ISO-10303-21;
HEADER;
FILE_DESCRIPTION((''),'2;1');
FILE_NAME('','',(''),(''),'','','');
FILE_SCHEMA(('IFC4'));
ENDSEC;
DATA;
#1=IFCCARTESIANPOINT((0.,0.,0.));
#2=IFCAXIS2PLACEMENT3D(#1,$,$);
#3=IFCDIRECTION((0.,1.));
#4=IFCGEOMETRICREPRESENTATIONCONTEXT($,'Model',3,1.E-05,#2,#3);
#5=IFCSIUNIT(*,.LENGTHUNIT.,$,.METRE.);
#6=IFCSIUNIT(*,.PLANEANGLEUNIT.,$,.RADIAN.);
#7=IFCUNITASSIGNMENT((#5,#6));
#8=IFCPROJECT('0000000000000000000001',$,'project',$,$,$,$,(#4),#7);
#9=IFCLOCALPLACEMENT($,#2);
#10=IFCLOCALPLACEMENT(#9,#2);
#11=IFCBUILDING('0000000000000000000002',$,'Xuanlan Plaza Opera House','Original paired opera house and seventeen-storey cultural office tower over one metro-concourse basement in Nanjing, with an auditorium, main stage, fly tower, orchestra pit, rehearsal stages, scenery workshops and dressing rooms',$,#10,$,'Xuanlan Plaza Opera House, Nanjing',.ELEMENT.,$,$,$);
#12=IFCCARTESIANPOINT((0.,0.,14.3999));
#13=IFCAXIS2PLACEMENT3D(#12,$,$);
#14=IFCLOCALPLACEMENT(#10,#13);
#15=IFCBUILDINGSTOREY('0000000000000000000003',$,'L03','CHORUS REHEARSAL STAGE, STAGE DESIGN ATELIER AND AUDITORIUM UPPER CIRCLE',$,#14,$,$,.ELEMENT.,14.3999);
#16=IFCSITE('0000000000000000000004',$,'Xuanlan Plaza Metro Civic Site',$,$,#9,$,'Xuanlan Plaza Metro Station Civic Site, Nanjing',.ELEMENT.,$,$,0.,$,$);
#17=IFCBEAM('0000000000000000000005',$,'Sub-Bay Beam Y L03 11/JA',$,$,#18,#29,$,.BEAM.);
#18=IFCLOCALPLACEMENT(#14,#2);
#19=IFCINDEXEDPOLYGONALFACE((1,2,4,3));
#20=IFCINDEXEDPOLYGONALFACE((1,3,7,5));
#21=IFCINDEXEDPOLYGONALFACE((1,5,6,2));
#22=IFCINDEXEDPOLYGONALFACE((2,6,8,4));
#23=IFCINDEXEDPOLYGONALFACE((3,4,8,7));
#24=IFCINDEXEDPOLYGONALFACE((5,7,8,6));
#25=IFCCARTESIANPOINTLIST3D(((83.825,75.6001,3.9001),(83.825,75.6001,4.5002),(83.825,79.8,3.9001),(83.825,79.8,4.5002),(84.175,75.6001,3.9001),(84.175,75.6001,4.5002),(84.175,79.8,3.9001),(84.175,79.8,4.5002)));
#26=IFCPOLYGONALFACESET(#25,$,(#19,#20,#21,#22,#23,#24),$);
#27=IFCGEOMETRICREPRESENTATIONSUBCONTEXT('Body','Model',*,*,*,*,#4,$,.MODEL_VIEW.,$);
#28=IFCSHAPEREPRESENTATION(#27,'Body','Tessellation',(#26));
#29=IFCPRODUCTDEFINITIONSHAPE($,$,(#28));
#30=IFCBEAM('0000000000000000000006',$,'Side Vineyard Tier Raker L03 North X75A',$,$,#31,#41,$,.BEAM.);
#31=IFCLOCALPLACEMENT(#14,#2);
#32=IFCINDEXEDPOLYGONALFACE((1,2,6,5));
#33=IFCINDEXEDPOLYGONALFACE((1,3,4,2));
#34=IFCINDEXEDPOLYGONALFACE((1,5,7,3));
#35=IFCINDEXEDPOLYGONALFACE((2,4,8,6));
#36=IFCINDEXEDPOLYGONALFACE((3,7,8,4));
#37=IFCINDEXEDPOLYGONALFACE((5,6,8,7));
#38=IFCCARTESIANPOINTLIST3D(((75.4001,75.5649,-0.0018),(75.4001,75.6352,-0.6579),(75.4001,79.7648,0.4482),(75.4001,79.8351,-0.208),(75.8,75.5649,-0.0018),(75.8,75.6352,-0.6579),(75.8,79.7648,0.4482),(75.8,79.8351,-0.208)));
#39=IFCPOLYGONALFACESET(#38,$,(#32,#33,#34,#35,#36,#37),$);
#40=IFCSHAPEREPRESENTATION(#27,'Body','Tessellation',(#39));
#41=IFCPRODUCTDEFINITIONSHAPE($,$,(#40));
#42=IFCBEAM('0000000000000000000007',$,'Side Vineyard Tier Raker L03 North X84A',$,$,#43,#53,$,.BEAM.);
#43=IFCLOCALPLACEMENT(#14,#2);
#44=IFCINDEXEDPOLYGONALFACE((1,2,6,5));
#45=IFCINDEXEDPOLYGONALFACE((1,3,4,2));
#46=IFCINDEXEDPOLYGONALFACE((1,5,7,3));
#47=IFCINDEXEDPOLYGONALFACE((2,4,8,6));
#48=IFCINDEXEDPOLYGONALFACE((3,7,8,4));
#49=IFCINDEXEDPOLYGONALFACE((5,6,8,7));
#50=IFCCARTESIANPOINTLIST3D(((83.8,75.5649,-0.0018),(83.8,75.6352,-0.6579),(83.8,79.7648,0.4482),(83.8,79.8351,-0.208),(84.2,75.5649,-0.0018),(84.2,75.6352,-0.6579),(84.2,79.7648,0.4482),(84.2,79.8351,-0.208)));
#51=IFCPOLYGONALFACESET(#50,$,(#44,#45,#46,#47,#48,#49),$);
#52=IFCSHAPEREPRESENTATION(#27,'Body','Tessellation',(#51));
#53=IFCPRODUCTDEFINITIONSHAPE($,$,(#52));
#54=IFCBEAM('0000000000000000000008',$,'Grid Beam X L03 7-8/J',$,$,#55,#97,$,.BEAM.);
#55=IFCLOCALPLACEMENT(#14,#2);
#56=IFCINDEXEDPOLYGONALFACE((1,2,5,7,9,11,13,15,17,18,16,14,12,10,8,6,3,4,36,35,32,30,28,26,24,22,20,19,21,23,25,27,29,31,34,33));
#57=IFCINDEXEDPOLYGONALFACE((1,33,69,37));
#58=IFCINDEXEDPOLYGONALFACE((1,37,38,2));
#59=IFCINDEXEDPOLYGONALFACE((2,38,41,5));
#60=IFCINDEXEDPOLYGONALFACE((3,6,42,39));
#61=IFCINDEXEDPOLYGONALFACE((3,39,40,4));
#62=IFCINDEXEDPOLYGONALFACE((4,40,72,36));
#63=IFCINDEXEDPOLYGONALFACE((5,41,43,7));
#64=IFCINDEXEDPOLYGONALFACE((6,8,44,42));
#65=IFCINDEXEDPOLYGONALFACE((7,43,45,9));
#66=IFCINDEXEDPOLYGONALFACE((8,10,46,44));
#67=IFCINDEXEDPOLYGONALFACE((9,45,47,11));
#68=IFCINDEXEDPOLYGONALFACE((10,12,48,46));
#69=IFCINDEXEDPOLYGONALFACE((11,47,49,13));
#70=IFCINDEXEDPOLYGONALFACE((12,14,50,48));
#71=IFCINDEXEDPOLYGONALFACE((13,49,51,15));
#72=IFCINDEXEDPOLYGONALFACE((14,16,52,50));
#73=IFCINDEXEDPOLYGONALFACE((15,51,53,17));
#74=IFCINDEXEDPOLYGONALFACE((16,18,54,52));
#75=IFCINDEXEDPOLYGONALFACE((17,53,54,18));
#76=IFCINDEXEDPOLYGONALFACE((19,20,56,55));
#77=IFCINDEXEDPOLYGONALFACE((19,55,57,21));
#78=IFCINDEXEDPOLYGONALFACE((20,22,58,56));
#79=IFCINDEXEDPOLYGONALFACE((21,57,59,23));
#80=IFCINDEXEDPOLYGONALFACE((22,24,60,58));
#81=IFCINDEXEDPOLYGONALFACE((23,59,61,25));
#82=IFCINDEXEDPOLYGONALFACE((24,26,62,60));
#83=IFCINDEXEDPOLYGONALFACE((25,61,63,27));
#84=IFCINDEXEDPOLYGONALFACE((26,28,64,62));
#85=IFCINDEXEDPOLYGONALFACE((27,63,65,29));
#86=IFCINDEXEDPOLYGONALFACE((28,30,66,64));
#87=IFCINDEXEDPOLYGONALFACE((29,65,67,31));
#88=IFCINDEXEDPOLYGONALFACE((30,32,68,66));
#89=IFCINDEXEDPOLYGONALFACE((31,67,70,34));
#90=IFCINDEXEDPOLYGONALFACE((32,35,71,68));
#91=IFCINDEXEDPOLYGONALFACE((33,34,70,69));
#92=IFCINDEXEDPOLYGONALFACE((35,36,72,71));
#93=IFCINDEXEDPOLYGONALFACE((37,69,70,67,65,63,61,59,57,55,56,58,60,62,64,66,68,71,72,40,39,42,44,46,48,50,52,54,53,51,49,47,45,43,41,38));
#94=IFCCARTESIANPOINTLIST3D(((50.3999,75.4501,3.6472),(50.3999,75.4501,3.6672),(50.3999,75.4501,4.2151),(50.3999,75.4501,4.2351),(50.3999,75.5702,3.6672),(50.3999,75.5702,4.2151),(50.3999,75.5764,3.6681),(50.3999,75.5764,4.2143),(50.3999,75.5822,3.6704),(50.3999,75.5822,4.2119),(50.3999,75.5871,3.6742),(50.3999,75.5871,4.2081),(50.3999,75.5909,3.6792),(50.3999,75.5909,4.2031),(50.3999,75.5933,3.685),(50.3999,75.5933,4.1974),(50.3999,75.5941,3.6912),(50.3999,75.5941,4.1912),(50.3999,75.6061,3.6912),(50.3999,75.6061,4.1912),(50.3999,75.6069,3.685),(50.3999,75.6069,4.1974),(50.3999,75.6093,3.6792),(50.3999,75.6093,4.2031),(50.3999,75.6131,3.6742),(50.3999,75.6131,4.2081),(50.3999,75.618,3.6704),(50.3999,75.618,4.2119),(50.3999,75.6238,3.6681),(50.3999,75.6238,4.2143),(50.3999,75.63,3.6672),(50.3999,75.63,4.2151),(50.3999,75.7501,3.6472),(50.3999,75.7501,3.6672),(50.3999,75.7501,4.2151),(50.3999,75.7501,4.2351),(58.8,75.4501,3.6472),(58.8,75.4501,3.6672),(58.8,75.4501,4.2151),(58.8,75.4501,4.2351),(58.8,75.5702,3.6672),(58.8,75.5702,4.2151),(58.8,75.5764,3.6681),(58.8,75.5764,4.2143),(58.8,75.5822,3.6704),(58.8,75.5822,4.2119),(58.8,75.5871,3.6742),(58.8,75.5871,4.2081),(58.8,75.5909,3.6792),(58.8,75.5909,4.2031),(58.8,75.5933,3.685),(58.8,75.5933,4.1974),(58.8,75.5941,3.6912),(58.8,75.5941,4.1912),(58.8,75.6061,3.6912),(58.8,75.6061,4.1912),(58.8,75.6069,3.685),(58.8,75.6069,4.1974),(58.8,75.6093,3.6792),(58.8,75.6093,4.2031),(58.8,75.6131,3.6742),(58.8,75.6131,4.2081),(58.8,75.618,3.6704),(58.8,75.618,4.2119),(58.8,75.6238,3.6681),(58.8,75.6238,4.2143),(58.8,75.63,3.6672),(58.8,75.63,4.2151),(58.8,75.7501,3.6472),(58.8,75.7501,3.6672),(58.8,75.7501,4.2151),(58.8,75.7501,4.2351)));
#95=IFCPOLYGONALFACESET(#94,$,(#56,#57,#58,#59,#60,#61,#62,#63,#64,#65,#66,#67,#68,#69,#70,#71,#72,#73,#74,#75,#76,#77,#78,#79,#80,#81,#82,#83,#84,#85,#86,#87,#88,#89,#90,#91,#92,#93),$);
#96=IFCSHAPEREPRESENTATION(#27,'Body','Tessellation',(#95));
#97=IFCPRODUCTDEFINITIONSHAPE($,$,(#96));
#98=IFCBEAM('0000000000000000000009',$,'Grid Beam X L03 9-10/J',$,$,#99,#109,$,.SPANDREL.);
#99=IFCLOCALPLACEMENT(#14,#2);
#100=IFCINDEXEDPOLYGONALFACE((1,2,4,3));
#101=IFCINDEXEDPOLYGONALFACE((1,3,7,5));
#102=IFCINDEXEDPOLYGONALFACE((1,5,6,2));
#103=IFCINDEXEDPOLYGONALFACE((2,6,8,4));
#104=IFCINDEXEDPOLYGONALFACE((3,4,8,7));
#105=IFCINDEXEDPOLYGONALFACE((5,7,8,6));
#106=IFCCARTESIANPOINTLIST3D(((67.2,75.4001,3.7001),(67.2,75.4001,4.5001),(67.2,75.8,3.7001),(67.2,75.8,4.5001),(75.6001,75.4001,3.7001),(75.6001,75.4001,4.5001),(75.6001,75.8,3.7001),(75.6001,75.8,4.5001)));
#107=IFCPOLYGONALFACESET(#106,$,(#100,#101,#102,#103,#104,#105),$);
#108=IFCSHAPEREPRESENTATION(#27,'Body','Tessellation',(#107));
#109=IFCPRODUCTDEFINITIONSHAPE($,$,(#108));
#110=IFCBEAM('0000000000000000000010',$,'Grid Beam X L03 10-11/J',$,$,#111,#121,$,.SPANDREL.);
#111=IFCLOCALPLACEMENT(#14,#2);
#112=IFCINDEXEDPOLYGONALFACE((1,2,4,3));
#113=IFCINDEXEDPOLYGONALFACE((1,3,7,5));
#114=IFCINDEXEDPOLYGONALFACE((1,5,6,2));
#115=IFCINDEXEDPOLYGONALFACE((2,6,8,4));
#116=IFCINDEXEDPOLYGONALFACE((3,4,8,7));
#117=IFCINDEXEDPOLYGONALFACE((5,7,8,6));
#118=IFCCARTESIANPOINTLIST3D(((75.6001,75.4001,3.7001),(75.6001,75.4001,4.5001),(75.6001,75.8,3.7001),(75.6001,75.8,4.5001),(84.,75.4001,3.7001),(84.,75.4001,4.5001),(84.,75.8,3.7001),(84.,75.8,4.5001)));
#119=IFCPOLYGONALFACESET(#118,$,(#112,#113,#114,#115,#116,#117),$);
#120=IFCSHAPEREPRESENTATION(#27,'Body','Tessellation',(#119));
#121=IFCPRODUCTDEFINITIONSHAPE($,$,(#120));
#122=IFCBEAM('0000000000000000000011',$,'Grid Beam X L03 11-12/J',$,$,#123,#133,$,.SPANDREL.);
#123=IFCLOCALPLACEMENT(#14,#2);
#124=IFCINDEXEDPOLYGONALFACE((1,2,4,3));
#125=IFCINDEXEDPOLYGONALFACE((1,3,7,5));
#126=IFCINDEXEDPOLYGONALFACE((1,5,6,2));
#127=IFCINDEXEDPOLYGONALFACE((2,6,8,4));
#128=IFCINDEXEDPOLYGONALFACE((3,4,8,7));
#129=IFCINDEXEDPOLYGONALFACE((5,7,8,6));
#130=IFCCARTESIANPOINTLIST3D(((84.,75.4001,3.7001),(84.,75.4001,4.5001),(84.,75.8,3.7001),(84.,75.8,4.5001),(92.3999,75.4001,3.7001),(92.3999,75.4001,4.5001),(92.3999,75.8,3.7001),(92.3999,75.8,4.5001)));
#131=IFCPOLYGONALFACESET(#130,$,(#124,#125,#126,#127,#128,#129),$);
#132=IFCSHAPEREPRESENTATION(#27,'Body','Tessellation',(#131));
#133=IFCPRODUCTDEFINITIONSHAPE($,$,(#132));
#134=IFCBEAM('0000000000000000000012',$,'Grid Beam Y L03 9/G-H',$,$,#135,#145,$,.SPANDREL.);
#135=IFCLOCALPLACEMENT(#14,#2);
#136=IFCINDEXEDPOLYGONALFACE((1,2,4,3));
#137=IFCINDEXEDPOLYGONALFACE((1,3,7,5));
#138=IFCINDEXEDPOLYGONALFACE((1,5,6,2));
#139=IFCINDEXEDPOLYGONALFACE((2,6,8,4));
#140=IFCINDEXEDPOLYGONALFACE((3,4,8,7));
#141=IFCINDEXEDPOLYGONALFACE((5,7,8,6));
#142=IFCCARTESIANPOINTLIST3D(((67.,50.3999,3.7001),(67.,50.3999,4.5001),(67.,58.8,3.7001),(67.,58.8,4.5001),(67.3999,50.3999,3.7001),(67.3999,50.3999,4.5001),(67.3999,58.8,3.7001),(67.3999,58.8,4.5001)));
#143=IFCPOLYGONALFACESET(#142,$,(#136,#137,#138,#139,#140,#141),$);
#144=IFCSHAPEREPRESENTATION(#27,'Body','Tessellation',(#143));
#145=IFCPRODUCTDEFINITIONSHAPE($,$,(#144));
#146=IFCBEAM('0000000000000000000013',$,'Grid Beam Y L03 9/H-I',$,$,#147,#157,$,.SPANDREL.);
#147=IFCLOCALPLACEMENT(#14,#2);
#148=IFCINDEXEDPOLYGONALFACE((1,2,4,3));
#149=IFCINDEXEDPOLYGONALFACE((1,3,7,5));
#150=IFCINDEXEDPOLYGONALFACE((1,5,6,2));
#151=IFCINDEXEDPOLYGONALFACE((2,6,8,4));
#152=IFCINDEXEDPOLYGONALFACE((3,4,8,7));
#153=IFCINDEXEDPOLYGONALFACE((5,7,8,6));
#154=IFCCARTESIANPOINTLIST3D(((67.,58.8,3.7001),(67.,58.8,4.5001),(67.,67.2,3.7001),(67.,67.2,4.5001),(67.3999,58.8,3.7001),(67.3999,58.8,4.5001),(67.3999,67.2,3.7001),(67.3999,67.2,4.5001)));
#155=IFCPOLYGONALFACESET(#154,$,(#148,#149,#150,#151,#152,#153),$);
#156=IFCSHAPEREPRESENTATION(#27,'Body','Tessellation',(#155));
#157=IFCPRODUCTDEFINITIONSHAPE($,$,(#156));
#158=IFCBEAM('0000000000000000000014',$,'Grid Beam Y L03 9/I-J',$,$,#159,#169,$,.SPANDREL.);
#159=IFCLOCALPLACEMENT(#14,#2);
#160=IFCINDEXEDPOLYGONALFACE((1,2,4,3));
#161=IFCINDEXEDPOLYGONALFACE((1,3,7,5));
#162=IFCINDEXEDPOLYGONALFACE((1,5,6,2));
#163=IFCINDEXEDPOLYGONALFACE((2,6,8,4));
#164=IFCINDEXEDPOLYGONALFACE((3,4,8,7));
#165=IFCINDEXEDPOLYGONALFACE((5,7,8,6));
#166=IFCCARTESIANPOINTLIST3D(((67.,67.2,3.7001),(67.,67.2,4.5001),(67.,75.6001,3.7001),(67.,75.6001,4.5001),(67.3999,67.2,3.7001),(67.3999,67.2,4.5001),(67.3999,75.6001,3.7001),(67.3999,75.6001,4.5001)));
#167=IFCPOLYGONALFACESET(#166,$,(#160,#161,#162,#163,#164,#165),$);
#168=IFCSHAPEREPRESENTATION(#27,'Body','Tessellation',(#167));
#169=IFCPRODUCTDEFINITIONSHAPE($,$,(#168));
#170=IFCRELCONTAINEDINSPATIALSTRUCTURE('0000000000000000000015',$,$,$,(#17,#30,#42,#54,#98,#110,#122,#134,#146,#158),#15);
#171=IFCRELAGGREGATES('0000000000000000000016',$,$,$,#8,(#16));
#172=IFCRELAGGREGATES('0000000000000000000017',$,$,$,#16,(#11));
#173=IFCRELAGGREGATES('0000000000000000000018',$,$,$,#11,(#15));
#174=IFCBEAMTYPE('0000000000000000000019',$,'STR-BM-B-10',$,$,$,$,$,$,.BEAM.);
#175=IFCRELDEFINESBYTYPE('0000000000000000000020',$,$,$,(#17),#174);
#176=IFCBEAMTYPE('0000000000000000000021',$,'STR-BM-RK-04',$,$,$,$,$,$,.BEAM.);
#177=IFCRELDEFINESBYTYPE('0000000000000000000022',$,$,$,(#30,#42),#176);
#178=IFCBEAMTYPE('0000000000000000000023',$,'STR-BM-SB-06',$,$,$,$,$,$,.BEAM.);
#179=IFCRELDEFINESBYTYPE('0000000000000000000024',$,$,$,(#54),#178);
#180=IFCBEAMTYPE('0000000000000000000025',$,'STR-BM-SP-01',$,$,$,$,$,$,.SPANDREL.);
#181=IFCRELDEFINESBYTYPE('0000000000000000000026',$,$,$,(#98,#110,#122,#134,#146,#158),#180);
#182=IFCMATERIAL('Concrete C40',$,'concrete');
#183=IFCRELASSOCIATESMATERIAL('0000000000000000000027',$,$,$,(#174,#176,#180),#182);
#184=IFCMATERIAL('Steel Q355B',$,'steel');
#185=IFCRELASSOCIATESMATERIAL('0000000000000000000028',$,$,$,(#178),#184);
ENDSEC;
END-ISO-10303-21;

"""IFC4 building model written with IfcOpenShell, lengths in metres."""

from ifc_helpers import new_model, si_unit, direction, frame, origin, origin_2d, place, context, subcontext, project, spatial, rectangle, i_section, extrude, material, material_profile, profile_set, type_object, element, save


model = new_model("IFC4")

# Units and contexts
model_context = context("Model", 3, precision=1e-05, world=origin(), true_north=direction((0.0, 1.0)))
body_context = subcontext(model_context, "Body", "Model", "MODEL_VIEW")
ifc_project = project(units=[si_unit("LENGTHUNIT", "METRE"), si_unit("PLANEANGLEUNIT", "RADIAN")], contexts=[model_context])

# Site, building, storey
site_placement = place(None, origin())
site = spatial("IfcSite", under=ifc_project, at=site_placement, Name="Xuanlan Plaza Metro Civic Site", LongName="Xuanlan Plaza Metro Station Civic Site, Nanjing", CompositionType="ELEMENT", RefElevation=0.0)
building_placement = place(site_placement, origin())
building = spatial("IfcBuilding", under=site, at=building_placement, Name="Xuanlan Plaza Opera House", Description="Original paired opera house and seventeen-storey cultural office tower over one metro-concourse basement in Nanjing, with an auditorium, main stage, fly tower, orchestra pit, rehearsal stages, scenery workshops and dressing rooms", LongName="Xuanlan Plaza Opera House, Nanjing", CompositionType="ELEMENT")
storey_placement = place(building_placement, frame((0.0, 0.0, 14.3999)))
storey = spatial("IfcBuildingStorey", under=building, at=storey_placement, Name="L03", Description="CHORUS REHEARSAL STAGE, STAGE DESIGN ATELIER AND AUDITORIUM UPPER CIRCLE", CompositionType="ELEMENT", Elevation=14.3999)

# Shared definitions
ifc_material_1 = material(Name="Concrete C40", Category="concrete")

# Beams
ifc_material_profile_1 = material_profile(ifc_material_1, rectangle(XDim=0.3501, YDim=0.6001, at=origin_2d()), Name="RC-BM 350x600")
ifc_profile_set_1 = profile_set([ifc_material_profile_1], Name="Concrete C40")
beam_type_1 = type_object("IfcBeamType", Name="STR-BM-B-10", PredefinedType="BEAM", material=ifc_profile_set_1)
for number, where, z_axis, x_axis, name in (
    (1, (84.0, 75.6001, 4.2002), (0.0, 1.0, 0.0), (-1.0, 0.0, 0.0), "Sub-Bay Beam Y L03 11/JA"),
):
    element("IfcBeam", number, at=place(storey_placement, frame(where, z_axis=z_axis, x_axis=x_axis)), inside=storey, type_object=beam_type_1, Name=name, PredefinedType="BEAM", context=body_context, shape_type="SweptSolid", body=[
        extrude(rectangle(XDim=0.3501, YDim=0.6001, at=origin_2d()), origin(), (0.0, 0.0, 1.0), 4.2),
    ])
ifc_material_profile_2 = material_profile(ifc_material_1, rectangle(XDim=0.3999, YDim=0.6599, at=origin_2d()), Name="RC-RKR 400x660")
ifc_profile_set_2 = profile_set([ifc_material_profile_2], Name="Concrete C40")
beam_type_2 = type_object("IfcBeamType", Name="STR-BM-RK-04", PredefinedType="BEAM", material=ifc_profile_set_2)
for number, where, z_axis, x_axis, name in (
    (2, (75.6001, 75.6001, -0.3298), (0.0, 0.99431, 0.106523), (-1.0, 0.0, 0.0), "Side Vineyard Tier Raker L03 North X75A"),
    (3, (84.0, 75.6001, -0.3298), (0.0, 0.99431, 0.106523), (-1.0, 0.0, 0.0), "Side Vineyard Tier Raker L03 North X84A"),
):
    element("IfcBeam", number, at=place(storey_placement, frame(where, z_axis=z_axis, x_axis=x_axis)), inside=storey, type_object=beam_type_2, Name=name, PredefinedType="BEAM", context=body_context, shape_type="SweptSolid", body=[
        extrude(rectangle(XDim=0.3999, YDim=0.6599, at=origin_2d()), origin(), (0.0, 0.0, 1.0), 4.2239),
    ])
ifc_material_2 = material(Name="Steel Q355B", Category="steel")
ifc_material_profile_3 = material_profile(ifc_material_2, i_section(OverallWidth=0.3, OverallDepth=0.5879, WebThickness=0.012, FlangeThickness=0.02, FilletRadius=0.0239, at=origin_2d()), Name="HM 588x300x12x20")
ifc_profile_set_3 = profile_set([ifc_material_profile_3], Name="Steel Q355B")
beam_type_3 = type_object("IfcBeamType", Name="STR-BM-SB-06", PredefinedType="BEAM", material=ifc_profile_set_3)
beam_1_placement = place(storey_placement, frame((50.3999, 75.6001, 3.9412), z_axis=(1.0, 0.0, 0.0), x_axis=(0.0, 1.0, 0.0)))
element("IfcBeam", 4, at=beam_1_placement, inside=storey, type_object=beam_type_3, Name="Grid Beam X L03 7-8/J", PredefinedType="BEAM", context=body_context, shape_type="SweptSolid", body=[
    extrude(i_section(OverallWidth=0.3, OverallDepth=0.5879, WebThickness=0.012, FlangeThickness=0.02, FilletRadius=0.0239, at=origin_2d()), origin(), (0.0, 0.0, 1.0), 8.4001),
])
ifc_material_profile_4 = material_profile(ifc_material_1, rectangle(XDim=0.3999, YDim=0.8, at=origin_2d()), Name="RC-SPD 400x800")
ifc_profile_set_4 = profile_set([ifc_material_profile_4], Name="Concrete C40")
beam_type_4 = type_object("IfcBeamType", Name="STR-BM-SP-01", PredefinedType="SPANDREL", material=ifc_profile_set_4)
beam_2_placement = place(storey_placement, frame((67.2, 75.6001, 4.1001), z_axis=(1.0, 0.0, 0.0), x_axis=(0.0, 1.0, 0.0)))
element("IfcBeam", 5, at=beam_2_placement, inside=storey, type_object=beam_type_4, Name="Grid Beam X L03 9-10/J", PredefinedType="SPANDREL", context=body_context, shape_type="SweptSolid", body=[
    extrude(rectangle(XDim=0.3999, YDim=0.8, at=origin_2d()), origin(), (0.0, 0.0, 1.0), 8.4001),
])
for number, where, z_axis, x_axis, name in (
    (6, (75.6001, 75.6001, 4.1001), (1.0, 0.0, 0.0), (0.0, 1.0, 0.0), "Grid Beam X L03 10-11/J"),
    (7, (84.0, 75.6001, 4.1001), (1.0, 0.0, 0.0), (0.0, 1.0, 0.0), "Grid Beam X L03 11-12/J"),
):
    element("IfcBeam", number, at=place(storey_placement, frame(where, z_axis=z_axis, x_axis=x_axis)), inside=storey, type_object=beam_type_4, Name=name, PredefinedType="SPANDREL", context=body_context, shape_type="SweptSolid", body=[
        extrude(rectangle(XDim=0.3999, YDim=0.8, at=origin_2d()), origin(), (0.0, 0.0, 1.0), 8.3999),
    ])
beam_3_placement = place(storey_placement, frame((67.2, 50.3999, 4.1001), z_axis=(0.0, 1.0, 0.0), x_axis=(-1.0, 0.0, 0.0)))
element("IfcBeam", 8, at=beam_3_placement, inside=storey, type_object=beam_type_4, Name="Grid Beam Y L03 9/G-H", PredefinedType="SPANDREL", context=body_context, shape_type="SweptSolid", body=[
    extrude(rectangle(XDim=0.3999, YDim=0.8, at=origin_2d()), origin(), (0.0, 0.0, 1.0), 8.4001),
])
beam_4_placement = place(storey_placement, frame((67.2, 58.8, 4.1001), z_axis=(0.0, 1.0, 0.0), x_axis=(-1.0, 0.0, 0.0)))
element("IfcBeam", 9, at=beam_4_placement, inside=storey, type_object=beam_type_4, Name="Grid Beam Y L03 9/H-I", PredefinedType="SPANDREL", context=body_context, shape_type="SweptSolid", body=[
    extrude(rectangle(XDim=0.3999, YDim=0.8, at=origin_2d()), origin(), (0.0, 0.0, 1.0), 8.3999),
])
beam_5_placement = place(storey_placement, frame((67.2, 67.2, 4.1001), z_axis=(0.0, 1.0, 0.0), x_axis=(-1.0, 0.0, 0.0)))
element("IfcBeam", 10, at=beam_5_placement, inside=storey, type_object=beam_type_4, Name="Grid Beam Y L03 9/I-J", PredefinedType="SPANDREL", context=body_context, shape_type="SweptSolid", body=[
    extrude(rectangle(XDim=0.3999, YDim=0.8, at=origin_2d()), origin(), (0.0, 0.0, 1.0), 8.4001),
])

save(model, "model.ifc")
